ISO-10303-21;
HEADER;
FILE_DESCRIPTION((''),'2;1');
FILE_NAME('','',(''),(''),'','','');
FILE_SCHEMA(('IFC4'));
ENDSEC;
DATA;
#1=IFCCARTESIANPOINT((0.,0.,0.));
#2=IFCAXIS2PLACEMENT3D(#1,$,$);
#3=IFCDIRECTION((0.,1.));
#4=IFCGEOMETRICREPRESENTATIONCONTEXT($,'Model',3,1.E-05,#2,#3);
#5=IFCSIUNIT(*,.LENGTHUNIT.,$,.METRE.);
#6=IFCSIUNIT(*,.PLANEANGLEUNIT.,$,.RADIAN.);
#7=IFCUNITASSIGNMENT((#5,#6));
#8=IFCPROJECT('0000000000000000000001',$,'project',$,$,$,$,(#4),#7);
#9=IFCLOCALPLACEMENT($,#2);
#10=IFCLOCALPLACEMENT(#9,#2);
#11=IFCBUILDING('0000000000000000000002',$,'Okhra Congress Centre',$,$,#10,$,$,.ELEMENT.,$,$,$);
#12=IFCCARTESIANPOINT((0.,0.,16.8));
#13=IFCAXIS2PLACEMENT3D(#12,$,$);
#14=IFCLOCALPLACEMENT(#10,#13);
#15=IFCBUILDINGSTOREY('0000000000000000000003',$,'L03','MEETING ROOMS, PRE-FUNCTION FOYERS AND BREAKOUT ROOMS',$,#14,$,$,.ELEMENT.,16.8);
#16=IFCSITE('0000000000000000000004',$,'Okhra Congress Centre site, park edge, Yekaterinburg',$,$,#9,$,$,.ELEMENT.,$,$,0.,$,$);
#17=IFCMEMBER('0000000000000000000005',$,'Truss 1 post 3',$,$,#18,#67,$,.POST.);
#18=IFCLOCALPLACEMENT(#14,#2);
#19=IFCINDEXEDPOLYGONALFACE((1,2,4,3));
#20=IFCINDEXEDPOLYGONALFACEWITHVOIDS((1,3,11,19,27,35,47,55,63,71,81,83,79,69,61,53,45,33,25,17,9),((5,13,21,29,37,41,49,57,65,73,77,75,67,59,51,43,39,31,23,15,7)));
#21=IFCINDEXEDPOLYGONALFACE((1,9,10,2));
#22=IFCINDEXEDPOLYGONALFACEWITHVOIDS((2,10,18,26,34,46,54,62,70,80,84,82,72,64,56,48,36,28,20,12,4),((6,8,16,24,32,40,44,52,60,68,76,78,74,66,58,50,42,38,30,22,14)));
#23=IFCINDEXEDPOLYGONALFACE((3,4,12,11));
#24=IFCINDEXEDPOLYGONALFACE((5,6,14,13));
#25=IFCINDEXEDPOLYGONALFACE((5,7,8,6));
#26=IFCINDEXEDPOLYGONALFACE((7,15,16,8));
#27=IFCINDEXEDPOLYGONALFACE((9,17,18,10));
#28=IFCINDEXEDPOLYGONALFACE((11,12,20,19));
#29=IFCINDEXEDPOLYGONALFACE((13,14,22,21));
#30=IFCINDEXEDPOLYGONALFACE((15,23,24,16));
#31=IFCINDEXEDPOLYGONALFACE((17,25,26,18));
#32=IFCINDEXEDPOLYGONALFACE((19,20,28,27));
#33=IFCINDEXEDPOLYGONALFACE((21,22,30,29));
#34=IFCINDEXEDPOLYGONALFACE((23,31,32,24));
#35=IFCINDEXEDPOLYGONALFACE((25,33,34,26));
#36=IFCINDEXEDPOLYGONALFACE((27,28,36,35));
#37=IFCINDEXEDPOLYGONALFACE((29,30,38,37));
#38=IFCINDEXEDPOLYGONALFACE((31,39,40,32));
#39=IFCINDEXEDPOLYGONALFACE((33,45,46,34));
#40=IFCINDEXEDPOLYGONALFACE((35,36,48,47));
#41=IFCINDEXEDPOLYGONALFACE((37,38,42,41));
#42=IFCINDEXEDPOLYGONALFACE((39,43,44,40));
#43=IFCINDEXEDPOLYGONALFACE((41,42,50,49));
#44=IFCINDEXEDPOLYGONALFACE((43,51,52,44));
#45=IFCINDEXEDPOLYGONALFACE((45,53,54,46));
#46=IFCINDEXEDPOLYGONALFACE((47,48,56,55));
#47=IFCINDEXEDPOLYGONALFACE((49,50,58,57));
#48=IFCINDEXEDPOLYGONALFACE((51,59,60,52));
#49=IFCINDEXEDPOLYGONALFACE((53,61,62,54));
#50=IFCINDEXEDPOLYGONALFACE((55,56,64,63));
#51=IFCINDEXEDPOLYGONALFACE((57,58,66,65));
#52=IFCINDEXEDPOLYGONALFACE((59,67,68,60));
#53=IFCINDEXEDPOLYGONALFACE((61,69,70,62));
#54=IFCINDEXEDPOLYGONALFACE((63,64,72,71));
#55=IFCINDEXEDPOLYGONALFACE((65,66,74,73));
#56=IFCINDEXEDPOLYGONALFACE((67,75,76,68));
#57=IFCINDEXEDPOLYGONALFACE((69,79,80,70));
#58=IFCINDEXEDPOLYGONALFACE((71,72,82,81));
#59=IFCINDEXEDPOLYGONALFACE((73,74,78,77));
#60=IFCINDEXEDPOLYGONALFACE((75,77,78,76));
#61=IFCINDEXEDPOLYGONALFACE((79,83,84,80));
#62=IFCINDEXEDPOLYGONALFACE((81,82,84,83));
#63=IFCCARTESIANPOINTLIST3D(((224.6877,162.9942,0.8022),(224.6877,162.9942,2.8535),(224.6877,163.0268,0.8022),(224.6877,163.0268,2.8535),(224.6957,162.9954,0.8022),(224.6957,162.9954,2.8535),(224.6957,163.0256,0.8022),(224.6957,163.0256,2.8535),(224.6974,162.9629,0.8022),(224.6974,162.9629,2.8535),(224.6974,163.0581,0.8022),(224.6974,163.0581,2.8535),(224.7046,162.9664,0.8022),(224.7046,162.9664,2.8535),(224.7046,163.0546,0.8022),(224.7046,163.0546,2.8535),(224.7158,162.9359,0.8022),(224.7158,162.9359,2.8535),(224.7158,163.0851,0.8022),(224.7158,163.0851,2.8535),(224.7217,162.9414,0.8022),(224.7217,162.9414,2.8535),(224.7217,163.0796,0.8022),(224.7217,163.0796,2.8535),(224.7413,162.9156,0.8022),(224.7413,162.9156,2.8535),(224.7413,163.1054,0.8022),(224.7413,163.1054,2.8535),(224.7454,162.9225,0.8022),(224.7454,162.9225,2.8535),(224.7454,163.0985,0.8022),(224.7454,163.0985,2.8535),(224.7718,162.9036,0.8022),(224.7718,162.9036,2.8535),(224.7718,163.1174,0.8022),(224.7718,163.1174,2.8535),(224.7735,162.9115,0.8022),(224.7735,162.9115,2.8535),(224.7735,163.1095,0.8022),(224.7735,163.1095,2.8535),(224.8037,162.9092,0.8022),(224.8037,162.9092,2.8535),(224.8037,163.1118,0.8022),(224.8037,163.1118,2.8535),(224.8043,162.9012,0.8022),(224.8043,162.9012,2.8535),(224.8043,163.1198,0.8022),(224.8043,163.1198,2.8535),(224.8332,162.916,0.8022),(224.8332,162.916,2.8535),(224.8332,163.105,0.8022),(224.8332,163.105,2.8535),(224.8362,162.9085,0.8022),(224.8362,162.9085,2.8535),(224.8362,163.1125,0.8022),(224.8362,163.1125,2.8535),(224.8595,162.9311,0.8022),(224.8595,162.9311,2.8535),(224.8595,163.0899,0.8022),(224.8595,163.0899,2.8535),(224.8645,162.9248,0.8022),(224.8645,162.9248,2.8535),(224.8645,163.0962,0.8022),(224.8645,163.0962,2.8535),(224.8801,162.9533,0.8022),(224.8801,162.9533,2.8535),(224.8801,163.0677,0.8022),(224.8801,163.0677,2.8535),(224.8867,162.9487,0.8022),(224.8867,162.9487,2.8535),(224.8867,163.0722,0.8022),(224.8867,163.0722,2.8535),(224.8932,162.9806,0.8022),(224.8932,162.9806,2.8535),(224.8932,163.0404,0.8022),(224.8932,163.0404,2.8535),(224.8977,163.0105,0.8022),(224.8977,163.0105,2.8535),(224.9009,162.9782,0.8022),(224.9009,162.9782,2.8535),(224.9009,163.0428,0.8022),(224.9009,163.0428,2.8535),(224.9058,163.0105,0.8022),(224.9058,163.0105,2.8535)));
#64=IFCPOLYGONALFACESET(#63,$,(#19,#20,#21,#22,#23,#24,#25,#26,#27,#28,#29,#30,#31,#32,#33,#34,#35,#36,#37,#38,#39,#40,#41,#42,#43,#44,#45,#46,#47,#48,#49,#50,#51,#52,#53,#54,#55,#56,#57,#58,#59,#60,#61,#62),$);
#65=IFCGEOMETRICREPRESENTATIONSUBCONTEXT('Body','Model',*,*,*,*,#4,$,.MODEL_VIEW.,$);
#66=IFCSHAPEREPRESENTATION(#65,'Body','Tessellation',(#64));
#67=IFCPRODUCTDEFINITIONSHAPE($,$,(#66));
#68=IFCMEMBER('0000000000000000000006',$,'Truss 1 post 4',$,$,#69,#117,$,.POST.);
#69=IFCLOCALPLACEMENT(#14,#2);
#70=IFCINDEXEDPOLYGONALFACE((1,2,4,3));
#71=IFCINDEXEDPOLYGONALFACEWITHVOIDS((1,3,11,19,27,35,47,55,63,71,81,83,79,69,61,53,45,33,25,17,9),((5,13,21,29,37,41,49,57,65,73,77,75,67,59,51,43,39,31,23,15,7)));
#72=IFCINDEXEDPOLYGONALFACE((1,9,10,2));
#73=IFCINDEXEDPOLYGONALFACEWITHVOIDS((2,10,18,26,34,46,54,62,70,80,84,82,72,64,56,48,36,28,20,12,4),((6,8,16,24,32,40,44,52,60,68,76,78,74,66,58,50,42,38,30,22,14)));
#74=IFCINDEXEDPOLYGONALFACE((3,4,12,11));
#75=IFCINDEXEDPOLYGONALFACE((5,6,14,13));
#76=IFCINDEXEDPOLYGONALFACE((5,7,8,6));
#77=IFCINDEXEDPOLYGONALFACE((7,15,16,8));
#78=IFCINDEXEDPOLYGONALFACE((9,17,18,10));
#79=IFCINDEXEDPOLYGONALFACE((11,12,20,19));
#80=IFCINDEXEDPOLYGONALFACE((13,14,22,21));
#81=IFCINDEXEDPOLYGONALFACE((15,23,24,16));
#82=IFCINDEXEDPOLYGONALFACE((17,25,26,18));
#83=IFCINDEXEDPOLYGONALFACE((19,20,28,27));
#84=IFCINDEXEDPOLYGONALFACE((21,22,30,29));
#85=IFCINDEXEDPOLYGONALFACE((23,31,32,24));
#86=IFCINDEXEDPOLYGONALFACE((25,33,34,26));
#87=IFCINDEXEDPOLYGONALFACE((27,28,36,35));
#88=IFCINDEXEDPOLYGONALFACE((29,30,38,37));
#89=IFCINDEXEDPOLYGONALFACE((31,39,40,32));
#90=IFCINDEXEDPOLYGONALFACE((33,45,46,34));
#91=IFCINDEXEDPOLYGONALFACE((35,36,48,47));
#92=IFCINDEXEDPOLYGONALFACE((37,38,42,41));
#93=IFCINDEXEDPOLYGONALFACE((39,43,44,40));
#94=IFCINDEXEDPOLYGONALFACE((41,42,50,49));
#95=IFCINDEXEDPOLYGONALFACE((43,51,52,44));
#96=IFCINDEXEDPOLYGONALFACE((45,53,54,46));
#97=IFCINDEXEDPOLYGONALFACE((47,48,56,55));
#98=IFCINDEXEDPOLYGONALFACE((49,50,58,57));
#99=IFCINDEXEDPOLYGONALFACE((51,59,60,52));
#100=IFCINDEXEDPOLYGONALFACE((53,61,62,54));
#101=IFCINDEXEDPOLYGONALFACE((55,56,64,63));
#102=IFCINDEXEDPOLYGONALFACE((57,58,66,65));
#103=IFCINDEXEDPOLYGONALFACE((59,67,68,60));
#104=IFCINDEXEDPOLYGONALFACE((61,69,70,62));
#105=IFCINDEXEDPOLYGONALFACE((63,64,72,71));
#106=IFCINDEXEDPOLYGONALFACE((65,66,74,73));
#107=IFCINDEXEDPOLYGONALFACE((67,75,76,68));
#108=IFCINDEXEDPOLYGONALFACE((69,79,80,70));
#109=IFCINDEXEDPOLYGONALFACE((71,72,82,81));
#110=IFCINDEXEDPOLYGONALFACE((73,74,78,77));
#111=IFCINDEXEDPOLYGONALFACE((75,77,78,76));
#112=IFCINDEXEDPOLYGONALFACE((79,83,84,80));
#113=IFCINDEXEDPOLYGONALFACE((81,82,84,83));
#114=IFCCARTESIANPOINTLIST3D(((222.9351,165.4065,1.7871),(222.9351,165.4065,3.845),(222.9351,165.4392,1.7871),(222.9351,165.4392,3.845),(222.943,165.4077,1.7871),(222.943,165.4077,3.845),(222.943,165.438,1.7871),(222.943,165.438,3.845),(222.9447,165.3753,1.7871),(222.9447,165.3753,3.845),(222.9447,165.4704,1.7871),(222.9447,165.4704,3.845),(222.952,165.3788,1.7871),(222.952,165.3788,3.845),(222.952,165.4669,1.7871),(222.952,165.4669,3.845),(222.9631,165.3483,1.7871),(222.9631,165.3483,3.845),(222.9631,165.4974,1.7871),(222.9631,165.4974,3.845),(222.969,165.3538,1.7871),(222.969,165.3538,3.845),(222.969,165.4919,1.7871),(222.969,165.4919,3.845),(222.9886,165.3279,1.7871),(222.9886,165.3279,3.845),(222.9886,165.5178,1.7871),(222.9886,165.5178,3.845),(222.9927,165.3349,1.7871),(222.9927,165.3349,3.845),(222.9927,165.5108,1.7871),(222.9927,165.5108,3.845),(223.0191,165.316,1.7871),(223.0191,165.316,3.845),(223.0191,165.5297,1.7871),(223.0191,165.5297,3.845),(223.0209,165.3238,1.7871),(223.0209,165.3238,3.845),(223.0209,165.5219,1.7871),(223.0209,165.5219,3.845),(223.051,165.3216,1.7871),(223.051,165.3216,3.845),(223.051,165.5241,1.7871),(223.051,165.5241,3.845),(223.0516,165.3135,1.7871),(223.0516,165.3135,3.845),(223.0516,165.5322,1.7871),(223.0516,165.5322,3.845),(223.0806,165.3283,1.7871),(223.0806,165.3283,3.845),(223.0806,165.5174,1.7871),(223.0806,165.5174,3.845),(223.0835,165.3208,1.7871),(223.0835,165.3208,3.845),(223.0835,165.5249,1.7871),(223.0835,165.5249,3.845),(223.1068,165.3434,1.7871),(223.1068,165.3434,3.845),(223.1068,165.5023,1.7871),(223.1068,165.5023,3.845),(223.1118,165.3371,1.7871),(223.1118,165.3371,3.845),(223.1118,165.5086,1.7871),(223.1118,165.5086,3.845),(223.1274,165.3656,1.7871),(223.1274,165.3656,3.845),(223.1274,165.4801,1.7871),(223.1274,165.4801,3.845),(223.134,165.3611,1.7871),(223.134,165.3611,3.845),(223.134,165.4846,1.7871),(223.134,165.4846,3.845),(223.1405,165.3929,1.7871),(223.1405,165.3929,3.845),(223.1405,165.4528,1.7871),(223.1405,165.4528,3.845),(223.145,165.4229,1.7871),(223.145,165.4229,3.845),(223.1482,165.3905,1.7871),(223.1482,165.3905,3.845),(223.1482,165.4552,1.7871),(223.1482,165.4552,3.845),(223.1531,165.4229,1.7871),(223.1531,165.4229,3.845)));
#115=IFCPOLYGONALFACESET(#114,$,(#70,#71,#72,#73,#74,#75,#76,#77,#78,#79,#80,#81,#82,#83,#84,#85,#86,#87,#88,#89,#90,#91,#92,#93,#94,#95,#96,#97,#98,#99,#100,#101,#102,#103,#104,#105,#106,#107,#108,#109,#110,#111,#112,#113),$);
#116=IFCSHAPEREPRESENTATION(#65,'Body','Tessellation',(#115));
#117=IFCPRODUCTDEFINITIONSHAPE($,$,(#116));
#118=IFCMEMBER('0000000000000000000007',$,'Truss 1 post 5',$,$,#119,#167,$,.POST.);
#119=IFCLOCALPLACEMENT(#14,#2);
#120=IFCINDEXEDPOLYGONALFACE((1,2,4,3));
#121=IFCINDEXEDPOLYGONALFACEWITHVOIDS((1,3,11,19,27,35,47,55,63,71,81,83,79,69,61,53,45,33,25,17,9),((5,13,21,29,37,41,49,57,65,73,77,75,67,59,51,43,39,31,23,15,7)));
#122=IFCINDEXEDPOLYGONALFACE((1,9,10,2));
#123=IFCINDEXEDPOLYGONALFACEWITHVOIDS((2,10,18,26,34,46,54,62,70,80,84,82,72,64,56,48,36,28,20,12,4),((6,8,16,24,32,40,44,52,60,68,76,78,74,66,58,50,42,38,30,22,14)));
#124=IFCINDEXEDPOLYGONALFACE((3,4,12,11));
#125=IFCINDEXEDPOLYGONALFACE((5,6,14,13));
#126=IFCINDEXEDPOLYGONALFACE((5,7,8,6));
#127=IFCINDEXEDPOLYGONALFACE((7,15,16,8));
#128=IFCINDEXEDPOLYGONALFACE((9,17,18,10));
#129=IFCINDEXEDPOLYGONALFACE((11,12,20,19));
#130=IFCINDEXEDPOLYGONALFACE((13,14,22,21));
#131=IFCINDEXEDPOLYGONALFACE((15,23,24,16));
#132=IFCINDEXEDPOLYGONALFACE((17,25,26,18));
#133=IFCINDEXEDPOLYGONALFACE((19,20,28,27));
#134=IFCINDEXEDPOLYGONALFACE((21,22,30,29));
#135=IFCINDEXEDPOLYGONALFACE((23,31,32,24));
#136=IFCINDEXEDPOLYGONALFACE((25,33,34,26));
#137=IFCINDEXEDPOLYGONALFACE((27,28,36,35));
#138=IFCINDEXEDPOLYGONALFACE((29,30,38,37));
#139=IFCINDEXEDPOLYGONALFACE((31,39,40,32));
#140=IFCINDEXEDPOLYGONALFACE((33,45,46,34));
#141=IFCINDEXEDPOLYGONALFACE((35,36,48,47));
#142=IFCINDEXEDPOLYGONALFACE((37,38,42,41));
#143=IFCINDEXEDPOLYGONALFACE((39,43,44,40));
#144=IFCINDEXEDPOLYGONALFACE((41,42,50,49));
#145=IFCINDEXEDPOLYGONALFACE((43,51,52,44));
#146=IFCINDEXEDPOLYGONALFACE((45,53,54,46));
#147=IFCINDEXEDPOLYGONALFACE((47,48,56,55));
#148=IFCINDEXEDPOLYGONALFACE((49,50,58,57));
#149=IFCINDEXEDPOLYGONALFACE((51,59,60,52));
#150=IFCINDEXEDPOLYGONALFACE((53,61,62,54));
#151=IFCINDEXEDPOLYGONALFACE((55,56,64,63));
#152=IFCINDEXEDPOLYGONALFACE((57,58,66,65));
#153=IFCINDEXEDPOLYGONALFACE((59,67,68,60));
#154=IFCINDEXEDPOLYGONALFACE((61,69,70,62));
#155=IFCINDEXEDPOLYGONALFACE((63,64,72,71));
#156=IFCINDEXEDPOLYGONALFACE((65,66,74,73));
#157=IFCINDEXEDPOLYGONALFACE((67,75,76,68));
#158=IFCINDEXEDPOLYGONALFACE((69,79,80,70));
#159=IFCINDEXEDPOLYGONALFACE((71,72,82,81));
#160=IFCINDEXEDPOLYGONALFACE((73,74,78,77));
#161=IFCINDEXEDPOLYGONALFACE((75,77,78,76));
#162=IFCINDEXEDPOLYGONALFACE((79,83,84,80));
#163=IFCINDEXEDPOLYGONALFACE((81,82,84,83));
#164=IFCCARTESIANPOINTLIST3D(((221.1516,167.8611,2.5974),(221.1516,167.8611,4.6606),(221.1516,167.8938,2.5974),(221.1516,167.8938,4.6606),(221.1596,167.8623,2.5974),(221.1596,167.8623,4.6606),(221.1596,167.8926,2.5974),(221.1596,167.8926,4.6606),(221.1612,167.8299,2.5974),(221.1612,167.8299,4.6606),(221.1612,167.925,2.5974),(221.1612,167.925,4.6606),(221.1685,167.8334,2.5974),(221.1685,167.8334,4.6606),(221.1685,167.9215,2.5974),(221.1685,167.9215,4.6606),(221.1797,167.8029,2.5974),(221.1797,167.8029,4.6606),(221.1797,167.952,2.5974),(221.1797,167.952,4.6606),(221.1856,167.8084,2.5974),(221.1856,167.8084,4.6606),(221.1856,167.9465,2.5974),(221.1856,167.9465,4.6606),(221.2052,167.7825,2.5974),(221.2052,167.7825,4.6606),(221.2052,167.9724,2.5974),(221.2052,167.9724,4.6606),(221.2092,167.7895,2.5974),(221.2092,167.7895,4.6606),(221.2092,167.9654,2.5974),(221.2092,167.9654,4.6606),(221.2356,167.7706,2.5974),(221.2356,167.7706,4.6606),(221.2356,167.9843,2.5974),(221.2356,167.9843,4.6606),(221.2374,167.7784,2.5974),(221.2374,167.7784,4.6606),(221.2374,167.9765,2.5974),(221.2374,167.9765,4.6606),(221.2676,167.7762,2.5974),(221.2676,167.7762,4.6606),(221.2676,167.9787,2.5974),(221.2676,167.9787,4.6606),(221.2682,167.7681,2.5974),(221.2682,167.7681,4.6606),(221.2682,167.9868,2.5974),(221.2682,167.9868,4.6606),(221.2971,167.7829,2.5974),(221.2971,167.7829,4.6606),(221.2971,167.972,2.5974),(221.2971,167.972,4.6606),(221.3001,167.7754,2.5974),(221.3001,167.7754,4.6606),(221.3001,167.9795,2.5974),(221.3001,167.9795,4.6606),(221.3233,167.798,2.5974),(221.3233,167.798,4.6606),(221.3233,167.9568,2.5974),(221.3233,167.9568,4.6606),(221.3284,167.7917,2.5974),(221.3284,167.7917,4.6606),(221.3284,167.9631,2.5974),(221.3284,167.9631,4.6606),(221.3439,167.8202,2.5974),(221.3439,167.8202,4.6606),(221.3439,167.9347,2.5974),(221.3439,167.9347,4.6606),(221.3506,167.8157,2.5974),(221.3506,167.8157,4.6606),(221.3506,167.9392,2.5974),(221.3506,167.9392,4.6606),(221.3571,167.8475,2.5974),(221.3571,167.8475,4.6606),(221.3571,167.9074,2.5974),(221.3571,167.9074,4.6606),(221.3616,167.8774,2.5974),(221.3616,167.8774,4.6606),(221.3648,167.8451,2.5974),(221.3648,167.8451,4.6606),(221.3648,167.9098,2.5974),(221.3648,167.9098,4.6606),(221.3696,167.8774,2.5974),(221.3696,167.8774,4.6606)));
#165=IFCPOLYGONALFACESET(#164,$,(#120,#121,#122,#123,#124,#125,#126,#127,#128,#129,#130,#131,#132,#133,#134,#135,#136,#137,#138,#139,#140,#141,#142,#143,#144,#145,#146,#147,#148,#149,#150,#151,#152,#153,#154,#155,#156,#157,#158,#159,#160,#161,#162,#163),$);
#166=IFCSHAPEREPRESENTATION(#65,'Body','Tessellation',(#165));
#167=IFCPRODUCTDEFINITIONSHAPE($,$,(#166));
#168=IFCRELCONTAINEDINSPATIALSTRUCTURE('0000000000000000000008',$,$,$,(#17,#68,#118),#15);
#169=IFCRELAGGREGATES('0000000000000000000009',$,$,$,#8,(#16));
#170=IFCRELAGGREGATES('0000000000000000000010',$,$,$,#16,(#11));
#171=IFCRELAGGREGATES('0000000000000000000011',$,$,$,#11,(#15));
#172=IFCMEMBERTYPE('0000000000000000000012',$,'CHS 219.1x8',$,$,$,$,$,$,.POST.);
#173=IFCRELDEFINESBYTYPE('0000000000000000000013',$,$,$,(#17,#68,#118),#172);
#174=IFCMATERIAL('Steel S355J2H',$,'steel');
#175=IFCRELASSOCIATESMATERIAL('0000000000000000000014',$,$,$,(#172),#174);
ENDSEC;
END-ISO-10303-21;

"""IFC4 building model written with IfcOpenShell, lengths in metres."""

from ifc_helpers import new_model, si_unit, direction, frame, origin, origin_2d, place, context, subcontext, project, spatial, hollow_circle, extrude, material, material_profile, profile_set, type_object, element, save


model = new_model("IFC4")

# Units and contexts
model_context = context("Model", 3, precision=1e-05, world=origin(), true_north=direction((0.0, 1.0)))
body_context = subcontext(model_context, "Body", "Model", "MODEL_VIEW")
ifc_project = project(units=[si_unit("LENGTHUNIT", "METRE"), si_unit("PLANEANGLEUNIT", "RADIAN")], contexts=[model_context])

# Site, building, storey
site_placement = place(None, origin())
site = spatial("IfcSite", under=ifc_project, at=site_placement, Name="Okhra Congress Centre site, park edge, Yekaterinburg", CompositionType="ELEMENT", RefElevation=0.0)
building_placement = place(site_placement, origin())
building = spatial("IfcBuilding", under=site, at=building_placement, Name="Okhra Congress Centre", CompositionType="ELEMENT")
storey_placement = place(building_placement, frame((0.0, 0.0, 16.8)))
storey = spatial("IfcBuildingStorey", under=building, at=storey_placement, Name="L03", Description="MEETING ROOMS, PRE-FUNCTION FOYERS AND BREAKOUT ROOMS", CompositionType="ELEMENT", Elevation=16.8)

# Members
ifc_material_1 = material(Name="Steel S355J2H", Category="steel")
ifc_material_profile_1 = material_profile(ifc_material_1, hollow_circle(Radius=0.1096, WallThickness=0.0081, at=origin_2d()), Name="CHS 219.1x8")
ifc_profile_set_1 = profile_set([ifc_material_profile_1], Name="Steel S355J2H")
member_type_1 = type_object("IfcMemberType", Name="CHS 219.1x8", PredefinedType="POST", material=ifc_profile_set_1)
member_1_placement = place(storey_placement, frame((224.7961, 163.0105, 0.8022), z_axis=(0.0, 0.0, 1.0), x_axis=(1.0, 0.0, 0.0)))
element("IfcMember", 1, at=member_1_placement, inside=storey, type_object=member_type_1, Name="Truss 1 post 3", PredefinedType="POST", context=body_context, shape_type="SweptSolid", body=[
    extrude(hollow_circle(Radius=0.1096, WallThickness=0.0081, at=origin_2d()), origin(), (0.0, 0.0, 1.0), 2.0513),
])
member_2_placement = place(storey_placement, frame((223.0435, 165.4229, 1.7871), z_axis=(0.0, 0.0, 1.0), x_axis=(1.0, 0.0, 0.0)))
element("IfcMember", 2, at=member_2_placement, inside=storey, type_object=member_type_1, Name="Truss 1 post 4", PredefinedType="POST", context=body_context, shape_type="SweptSolid", body=[
    extrude(hollow_circle(Radius=0.1096, WallThickness=0.0081, at=origin_2d()), origin(), (0.0, 0.0, 1.0), 2.0579),
])
member_3_placement = place(storey_placement, frame((221.26, 167.8774, 2.5974), z_axis=(0.0, 0.0, 1.0), x_axis=(1.0, 0.0, 0.0)))
element("IfcMember", 3, at=member_3_placement, inside=storey, type_object=member_type_1, Name="Truss 1 post 5", PredefinedType="POST", context=body_context, shape_type="SweptSolid", body=[
    extrude(hollow_circle(Radius=0.1096, WallThickness=0.0081, at=origin_2d()), origin(), (0.0, 0.0, 1.0), 2.0632),
])

save(model, "model.ifc")
